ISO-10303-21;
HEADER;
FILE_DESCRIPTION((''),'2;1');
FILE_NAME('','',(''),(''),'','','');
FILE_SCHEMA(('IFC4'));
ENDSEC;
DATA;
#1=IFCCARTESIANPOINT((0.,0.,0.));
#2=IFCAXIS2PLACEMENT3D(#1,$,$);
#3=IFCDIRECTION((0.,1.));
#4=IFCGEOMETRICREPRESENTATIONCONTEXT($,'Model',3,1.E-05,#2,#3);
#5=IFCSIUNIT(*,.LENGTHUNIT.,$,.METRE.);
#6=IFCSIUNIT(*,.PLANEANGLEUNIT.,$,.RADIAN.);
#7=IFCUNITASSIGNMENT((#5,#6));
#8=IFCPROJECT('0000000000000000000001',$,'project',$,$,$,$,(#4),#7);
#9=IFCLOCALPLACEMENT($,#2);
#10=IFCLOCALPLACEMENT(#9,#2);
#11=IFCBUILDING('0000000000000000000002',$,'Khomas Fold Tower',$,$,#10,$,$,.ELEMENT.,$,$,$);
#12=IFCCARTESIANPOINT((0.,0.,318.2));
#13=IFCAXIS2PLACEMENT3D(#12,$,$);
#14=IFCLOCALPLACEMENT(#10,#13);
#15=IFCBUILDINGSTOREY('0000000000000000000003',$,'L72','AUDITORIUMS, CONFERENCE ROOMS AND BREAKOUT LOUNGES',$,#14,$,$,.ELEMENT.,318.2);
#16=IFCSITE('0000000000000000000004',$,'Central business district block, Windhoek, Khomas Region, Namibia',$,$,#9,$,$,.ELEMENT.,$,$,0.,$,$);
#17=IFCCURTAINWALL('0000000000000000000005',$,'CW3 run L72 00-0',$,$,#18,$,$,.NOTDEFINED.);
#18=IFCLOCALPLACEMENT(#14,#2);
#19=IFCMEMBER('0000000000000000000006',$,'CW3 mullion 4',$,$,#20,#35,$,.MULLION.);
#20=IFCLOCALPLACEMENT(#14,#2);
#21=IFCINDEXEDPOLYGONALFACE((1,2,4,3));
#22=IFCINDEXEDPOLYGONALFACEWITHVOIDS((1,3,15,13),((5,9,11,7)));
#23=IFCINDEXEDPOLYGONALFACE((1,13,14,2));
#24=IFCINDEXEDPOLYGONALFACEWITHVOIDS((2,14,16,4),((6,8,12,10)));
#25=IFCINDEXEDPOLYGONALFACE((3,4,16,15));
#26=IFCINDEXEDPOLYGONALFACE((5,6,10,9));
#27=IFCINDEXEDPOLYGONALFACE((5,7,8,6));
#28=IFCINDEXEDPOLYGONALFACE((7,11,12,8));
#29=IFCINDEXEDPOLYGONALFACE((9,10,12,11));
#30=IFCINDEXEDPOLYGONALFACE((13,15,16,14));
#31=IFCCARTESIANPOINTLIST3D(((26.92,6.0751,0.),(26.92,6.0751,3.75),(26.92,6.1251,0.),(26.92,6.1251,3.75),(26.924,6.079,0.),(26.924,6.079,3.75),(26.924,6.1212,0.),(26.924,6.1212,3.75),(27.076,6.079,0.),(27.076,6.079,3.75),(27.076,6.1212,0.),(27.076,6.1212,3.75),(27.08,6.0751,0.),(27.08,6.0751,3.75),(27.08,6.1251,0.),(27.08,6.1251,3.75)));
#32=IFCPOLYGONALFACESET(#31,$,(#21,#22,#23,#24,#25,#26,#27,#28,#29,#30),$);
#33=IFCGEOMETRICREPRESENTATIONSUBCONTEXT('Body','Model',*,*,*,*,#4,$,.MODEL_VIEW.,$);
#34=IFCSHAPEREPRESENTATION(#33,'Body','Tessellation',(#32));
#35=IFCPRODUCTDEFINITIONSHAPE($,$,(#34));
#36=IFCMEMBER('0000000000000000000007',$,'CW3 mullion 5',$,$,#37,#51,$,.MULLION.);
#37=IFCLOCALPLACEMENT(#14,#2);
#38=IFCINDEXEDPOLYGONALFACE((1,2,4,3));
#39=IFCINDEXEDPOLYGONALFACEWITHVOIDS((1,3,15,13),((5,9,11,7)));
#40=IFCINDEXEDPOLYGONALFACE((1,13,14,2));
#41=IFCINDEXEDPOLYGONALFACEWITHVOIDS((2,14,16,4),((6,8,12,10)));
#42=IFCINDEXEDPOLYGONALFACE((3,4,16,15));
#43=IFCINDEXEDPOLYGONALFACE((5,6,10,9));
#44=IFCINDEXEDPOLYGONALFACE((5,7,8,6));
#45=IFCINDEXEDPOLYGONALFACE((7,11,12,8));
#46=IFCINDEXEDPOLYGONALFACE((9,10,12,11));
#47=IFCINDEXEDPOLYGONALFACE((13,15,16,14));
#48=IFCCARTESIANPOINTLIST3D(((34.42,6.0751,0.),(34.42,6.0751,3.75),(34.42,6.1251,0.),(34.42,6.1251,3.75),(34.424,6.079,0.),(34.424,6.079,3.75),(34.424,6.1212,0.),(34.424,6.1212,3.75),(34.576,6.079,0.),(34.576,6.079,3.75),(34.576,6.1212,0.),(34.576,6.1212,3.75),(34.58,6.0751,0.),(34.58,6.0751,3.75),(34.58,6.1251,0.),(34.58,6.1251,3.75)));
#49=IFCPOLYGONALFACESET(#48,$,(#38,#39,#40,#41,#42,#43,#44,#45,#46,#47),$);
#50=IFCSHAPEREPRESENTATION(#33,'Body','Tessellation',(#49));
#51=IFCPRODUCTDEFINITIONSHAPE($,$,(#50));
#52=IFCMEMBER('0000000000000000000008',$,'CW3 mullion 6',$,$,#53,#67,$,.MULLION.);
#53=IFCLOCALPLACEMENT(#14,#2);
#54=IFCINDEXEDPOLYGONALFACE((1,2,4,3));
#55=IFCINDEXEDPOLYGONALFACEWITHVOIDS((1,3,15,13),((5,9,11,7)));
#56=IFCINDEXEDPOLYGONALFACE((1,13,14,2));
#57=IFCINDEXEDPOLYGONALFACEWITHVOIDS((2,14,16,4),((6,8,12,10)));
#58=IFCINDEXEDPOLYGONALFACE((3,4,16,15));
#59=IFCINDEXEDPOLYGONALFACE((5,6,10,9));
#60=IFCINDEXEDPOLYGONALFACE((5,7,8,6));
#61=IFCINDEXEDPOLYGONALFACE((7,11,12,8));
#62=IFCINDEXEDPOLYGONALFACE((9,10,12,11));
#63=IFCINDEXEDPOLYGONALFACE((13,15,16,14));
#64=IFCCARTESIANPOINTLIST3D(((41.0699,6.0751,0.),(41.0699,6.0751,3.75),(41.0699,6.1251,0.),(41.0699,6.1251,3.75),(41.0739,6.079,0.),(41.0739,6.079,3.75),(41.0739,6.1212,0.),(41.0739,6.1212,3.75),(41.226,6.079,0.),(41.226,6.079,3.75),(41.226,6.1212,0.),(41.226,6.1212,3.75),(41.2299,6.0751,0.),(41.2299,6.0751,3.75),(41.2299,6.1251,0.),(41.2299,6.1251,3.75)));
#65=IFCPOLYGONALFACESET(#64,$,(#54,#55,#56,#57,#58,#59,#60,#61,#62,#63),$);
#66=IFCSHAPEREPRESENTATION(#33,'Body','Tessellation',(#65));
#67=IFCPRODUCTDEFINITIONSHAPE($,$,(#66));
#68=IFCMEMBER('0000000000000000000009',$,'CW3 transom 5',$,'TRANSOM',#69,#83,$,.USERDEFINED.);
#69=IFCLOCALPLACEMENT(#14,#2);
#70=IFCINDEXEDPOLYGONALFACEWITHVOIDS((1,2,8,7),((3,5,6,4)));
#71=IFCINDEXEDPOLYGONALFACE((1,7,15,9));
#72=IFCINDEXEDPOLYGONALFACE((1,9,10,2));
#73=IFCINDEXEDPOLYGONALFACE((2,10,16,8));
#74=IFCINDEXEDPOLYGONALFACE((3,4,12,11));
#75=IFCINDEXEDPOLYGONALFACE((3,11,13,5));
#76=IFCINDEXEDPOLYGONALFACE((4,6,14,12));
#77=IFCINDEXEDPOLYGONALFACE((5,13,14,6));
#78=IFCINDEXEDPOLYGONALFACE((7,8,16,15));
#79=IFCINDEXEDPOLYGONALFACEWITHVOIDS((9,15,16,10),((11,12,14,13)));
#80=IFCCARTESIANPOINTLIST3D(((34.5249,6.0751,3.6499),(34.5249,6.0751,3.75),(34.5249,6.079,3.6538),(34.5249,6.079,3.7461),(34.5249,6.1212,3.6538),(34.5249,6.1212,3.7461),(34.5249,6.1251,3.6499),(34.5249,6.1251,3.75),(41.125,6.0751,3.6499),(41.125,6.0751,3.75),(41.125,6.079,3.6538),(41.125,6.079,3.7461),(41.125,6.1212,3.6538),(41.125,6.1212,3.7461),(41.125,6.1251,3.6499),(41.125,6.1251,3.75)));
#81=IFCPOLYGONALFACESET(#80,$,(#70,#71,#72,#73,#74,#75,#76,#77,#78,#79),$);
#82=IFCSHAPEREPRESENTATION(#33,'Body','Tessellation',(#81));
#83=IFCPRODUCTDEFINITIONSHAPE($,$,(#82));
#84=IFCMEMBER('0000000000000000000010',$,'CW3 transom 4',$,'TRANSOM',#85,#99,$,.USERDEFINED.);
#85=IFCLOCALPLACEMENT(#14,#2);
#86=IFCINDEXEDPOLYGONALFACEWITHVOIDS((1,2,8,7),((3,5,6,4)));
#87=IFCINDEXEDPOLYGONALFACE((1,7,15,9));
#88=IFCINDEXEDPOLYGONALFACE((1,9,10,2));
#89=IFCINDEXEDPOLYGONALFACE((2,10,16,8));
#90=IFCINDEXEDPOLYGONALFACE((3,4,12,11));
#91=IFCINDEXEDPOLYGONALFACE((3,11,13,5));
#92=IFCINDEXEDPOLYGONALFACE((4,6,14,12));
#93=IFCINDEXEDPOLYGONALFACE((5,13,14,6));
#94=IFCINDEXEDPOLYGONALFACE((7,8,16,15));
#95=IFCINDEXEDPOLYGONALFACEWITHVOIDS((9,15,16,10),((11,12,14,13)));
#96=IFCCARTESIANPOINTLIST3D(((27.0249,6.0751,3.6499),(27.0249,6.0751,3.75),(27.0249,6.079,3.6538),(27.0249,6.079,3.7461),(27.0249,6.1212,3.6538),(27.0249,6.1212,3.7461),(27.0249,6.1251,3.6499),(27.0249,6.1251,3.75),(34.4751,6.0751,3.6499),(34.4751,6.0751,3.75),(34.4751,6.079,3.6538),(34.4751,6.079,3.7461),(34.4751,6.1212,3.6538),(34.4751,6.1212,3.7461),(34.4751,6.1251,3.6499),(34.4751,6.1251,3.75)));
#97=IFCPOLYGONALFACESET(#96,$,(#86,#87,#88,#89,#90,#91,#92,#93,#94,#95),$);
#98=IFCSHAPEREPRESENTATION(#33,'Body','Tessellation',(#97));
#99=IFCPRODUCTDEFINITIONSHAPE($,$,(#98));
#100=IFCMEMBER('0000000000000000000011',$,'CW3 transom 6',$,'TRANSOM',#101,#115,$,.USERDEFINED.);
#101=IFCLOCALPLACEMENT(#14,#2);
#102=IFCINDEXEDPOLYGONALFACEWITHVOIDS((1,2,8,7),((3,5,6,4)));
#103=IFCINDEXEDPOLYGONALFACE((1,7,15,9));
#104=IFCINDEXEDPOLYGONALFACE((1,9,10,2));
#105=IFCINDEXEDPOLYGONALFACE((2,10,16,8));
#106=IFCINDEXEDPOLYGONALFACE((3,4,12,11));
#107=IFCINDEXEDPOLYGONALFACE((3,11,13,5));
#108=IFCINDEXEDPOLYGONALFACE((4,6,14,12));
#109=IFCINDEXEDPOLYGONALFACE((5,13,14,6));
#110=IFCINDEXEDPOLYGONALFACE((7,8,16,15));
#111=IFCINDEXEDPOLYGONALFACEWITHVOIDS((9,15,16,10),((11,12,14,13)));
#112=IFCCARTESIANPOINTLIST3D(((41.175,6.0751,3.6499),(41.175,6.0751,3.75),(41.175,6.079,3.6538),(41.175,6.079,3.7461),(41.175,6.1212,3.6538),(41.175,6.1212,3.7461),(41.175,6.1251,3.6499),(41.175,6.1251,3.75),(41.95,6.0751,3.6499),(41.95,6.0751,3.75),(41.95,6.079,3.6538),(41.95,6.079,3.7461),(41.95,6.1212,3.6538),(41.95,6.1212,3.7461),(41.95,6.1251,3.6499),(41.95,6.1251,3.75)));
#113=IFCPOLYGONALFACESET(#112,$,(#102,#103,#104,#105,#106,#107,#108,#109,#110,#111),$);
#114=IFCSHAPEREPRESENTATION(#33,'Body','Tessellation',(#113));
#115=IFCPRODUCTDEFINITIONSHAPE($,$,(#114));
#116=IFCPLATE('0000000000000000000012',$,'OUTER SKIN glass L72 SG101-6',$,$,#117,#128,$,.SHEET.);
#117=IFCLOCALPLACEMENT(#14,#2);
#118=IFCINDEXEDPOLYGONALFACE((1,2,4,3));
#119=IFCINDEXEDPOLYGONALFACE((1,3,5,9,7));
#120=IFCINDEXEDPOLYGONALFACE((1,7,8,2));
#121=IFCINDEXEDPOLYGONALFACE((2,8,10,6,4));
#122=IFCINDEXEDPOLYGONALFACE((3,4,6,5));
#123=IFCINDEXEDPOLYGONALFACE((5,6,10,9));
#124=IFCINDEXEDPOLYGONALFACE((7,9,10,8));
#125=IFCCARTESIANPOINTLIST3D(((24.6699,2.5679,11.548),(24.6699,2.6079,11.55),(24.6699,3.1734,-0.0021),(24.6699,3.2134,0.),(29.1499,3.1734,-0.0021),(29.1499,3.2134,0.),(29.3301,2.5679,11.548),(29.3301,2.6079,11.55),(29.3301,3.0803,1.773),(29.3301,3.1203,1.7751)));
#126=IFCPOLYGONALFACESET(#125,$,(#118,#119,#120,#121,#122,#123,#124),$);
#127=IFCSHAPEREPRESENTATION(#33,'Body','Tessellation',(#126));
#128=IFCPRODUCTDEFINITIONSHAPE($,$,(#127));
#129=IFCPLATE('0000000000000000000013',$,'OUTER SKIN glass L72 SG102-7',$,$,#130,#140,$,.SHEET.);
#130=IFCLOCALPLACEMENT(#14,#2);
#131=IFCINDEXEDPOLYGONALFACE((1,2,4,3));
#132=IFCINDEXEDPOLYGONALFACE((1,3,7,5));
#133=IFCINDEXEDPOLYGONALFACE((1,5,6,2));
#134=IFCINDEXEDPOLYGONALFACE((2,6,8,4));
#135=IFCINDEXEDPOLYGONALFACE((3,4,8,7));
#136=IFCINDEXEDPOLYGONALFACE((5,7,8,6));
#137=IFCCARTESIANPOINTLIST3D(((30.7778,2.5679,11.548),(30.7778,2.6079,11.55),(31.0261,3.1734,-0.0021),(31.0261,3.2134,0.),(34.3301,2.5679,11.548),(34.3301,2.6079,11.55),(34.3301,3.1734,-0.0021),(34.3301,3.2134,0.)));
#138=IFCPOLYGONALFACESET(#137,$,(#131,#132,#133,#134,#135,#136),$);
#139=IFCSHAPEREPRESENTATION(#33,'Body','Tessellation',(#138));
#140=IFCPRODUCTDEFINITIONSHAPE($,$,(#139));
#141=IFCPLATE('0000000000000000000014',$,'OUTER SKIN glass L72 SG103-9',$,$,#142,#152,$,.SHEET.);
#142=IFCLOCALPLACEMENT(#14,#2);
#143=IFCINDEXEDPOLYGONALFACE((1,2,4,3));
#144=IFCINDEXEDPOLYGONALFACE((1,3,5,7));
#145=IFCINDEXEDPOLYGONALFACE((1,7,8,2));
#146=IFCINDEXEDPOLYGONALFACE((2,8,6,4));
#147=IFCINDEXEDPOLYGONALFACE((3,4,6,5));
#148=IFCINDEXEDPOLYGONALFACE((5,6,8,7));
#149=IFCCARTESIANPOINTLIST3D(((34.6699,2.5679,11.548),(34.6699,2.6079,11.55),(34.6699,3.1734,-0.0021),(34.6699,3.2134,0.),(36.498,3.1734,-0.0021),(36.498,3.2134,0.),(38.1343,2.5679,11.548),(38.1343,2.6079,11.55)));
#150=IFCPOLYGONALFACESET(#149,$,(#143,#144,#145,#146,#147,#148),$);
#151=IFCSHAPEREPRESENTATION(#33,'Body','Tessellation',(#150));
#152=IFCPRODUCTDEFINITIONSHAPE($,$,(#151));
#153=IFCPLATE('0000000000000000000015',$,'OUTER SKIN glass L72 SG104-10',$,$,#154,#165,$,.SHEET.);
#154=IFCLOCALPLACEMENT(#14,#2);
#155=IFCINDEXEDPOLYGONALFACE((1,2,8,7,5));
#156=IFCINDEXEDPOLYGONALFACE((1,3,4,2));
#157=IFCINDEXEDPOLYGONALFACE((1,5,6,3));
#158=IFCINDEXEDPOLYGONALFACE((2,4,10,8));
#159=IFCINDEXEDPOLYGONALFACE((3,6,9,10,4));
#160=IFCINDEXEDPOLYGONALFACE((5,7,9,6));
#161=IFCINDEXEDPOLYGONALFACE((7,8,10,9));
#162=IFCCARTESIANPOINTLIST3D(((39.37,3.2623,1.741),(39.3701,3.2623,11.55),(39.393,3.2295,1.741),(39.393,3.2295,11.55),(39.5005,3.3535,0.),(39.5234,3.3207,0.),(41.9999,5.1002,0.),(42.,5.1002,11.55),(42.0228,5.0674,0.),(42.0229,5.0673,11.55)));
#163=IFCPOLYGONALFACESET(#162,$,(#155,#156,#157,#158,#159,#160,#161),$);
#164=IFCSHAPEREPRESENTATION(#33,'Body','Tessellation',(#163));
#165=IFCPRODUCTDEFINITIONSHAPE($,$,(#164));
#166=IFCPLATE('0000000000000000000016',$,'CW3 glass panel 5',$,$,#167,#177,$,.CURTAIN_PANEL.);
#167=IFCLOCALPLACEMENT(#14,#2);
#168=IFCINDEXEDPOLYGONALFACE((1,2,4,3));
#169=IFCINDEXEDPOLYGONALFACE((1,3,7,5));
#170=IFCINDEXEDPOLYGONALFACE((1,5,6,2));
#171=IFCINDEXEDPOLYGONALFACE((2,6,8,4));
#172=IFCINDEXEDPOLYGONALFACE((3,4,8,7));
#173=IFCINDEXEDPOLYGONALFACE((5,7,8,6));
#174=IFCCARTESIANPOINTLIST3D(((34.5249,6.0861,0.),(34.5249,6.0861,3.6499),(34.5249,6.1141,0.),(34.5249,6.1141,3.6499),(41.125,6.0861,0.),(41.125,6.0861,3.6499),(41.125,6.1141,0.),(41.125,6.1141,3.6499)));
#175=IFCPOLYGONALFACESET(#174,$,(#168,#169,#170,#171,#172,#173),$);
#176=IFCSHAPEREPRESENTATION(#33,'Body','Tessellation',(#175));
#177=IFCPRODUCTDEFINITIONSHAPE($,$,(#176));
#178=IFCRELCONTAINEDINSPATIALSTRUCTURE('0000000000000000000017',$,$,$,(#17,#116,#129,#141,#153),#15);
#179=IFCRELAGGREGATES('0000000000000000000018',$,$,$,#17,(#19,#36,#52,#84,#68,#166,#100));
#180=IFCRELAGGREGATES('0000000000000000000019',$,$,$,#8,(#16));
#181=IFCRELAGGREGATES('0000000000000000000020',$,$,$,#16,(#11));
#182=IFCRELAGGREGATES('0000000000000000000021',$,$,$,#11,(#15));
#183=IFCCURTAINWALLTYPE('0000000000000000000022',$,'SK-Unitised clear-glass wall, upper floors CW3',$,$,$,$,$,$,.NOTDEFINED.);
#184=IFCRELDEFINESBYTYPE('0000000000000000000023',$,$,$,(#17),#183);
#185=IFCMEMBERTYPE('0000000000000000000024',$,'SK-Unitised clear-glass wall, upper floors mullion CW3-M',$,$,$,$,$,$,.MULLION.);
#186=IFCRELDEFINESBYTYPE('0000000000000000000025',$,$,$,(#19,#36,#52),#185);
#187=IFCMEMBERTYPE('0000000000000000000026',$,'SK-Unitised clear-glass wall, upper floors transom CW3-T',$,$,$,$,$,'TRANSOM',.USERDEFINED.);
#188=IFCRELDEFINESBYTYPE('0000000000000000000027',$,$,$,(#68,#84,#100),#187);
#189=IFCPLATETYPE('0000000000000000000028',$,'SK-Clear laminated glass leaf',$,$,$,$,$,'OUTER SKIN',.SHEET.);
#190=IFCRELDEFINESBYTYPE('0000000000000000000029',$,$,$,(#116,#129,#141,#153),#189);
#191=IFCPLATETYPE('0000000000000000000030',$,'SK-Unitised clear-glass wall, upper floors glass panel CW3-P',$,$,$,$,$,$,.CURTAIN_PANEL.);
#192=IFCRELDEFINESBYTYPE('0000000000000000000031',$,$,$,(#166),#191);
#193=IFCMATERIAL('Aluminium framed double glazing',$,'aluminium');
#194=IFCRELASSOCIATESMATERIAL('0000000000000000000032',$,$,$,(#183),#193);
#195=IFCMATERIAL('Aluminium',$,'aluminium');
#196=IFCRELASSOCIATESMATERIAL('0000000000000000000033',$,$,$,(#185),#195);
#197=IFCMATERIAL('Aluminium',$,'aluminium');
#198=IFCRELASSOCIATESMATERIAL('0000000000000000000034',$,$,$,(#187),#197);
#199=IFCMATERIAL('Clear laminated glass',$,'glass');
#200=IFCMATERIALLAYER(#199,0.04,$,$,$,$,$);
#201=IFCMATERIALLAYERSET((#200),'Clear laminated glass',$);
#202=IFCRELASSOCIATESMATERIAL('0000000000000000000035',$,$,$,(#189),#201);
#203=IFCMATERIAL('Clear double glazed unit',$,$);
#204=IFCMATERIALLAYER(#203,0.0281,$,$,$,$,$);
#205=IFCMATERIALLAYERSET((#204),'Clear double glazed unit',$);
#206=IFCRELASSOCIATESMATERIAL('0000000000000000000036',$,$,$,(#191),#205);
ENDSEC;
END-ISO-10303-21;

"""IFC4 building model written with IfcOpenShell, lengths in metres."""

from ifc_helpers import new_model, si_unit, direction, frame, origin, origin_2d, place, context, subcontext, project, spatial, polyline, rectangle, hollow_rectangle, outline, extrude, source, transform, mapped, material, layer, layer_set, material_profile, profile_set, type_object, element, aggregate, save


model = new_model("IFC4")

# Units and contexts
model_context = context("Model", 3, precision=1e-05, world=origin(), true_north=direction((0.0, 1.0)))
body_context = subcontext(model_context, "Body", "Model", "MODEL_VIEW")
ifc_project = project(units=[si_unit("LENGTHUNIT", "METRE"), si_unit("PLANEANGLEUNIT", "RADIAN")], contexts=[model_context])

# Site, building, storey
site_placement = place(None, origin())
site = spatial("IfcSite", under=ifc_project, at=site_placement, Name="Central business district block, Windhoek, Khomas Region, Namibia", CompositionType="ELEMENT", RefElevation=0.0)
building_placement = place(site_placement, origin())
building = spatial("IfcBuilding", under=site, at=building_placement, Name="Khomas Fold Tower", CompositionType="ELEMENT")
storey_placement = place(building_placement, frame((0.0, 0.0, 318.2)))
storey = spatial("IfcBuildingStorey", under=building, at=storey_placement, Name="L72", Description="AUDITORIUMS, CONFERENCE ROOMS AND BREAKOUT LOUNGES", CompositionType="ELEMENT", Elevation=318.2)

# Curtain wall, members
ifc_material_1 = material(Name="Aluminium framed double glazing", Category="aluminium")
curtain_wall_type = type_object("IfcCurtainWallType", Name="SK-Unitised clear-glass wall, upper floors CW3", PredefinedType="NOTDEFINED", material=ifc_material_1)
curtain_wall_placement = place(storey_placement, origin())
curtain_wall = element("IfcCurtainWall", 1, at=curtain_wall_placement, inside=storey, type_object=curtain_wall_type, Name="CW3 run L72 00-0", PredefinedType="NOTDEFINED")
ifc_material_2 = material(Name="Aluminium", Category="aluminium")
ifc_material_profile_1 = material_profile(ifc_material_2, hollow_rectangle(XDim=0.05, YDim=0.1599, WallThickness=0.0039, at=origin_2d()), Name="SK-Unitised clear-glass wall, upper floors mullion CW3-M")
ifc_profile_set_1 = profile_set([ifc_material_profile_1], Name="Aluminium")
member_type_1 = type_object("IfcMemberType", Name="SK-Unitised clear-glass wall, upper floors mullion CW3-M", PredefinedType="MULLION", material=ifc_profile_set_1)
shared_shape_1 = source(origin(), body_context, "Body", "SweptSolid", [
    extrude(hollow_rectangle(XDim=0.05, YDim=0.1599, WallThickness=0.0039, at=origin_2d()), origin(), (0.0, 0.0, 1.0), 3.75),
])
member_1_placement = place(storey_placement, frame((27.0, 6.1001, 0.0), z_axis=(0.0, 0.0, 1.0), x_axis=(0.0, 1.0, 0.0)))
member_1 = element("IfcMember", 2, at=member_1_placement, type_object=member_type_1, Name="CW3 mullion 4", PredefinedType="MULLION", context=body_context, shape_type="MappedRepresentation", body=[
    mapped(shared_shape_1, transform((0.0, 0.0, 0.0))),
])
member_2_placement = place(storey_placement, frame((34.5, 6.1001, 0.0), z_axis=(0.0, 0.0, 1.0), x_axis=(0.0, 1.0, 0.0)))
member_2 = element("IfcMember", 3, at=member_2_placement, type_object=member_type_1, Name="CW3 mullion 5", PredefinedType="MULLION", context=body_context, shape_type="MappedRepresentation", body=[
    mapped(shared_shape_1, transform((0.0, 0.0, 0.0))),
])
member_3_placement = place(storey_placement, frame((41.1499, 6.1001, 0.0), z_axis=(0.0, 0.0, 1.0), x_axis=(0.0, 1.0, 0.0)))
member_3 = element("IfcMember", 4, at=member_3_placement, type_object=member_type_1, Name="CW3 mullion 6", PredefinedType="MULLION", context=body_context, shape_type="MappedRepresentation", body=[
    mapped(shared_shape_1, transform((0.0, 0.0, 0.0))),
])
ifc_material_3 = material(Name="Aluminium", Category="aluminium")
ifc_material_profile_2 = material_profile(ifc_material_3, hollow_rectangle(XDim=0.05, YDim=0.1001, WallThickness=0.0039, at=origin_2d()), Name="SK-Unitised clear-glass wall, upper floors transom CW3-T")
ifc_profile_set_2 = profile_set([ifc_material_profile_2], Name="Aluminium")
member_type_2 = type_object("IfcMemberType", Name="SK-Unitised clear-glass wall, upper floors transom CW3-T", ElementType="TRANSOM", PredefinedType="USERDEFINED", material=ifc_profile_set_2)
shared_shape_2 = source(origin(), body_context, "Body", "SweptSolid", [
    extrude(hollow_rectangle(XDim=0.05, YDim=0.1001, WallThickness=0.0039, at=origin_2d()), origin(), (0.0, 0.0, 1.0), 6.6001),
])
member_4_placement = place(storey_placement, frame((34.5249, 6.1001, 3.7), z_axis=(1.0, 0.0, 0.0), x_axis=(0.0, 1.0, 0.0)))
member_4 = element("IfcMember", 5, at=member_4_placement, type_object=member_type_2, Name="CW3 transom 5", ObjectType="TRANSOM", PredefinedType="USERDEFINED", context=body_context, shape_type="MappedRepresentation", body=[
    mapped(shared_shape_2, transform((0.0, 0.0, 0.0))),
])
shared_shape_3 = source(origin(), body_context, "Body", "SweptSolid", [
    extrude(hollow_rectangle(XDim=0.05, YDim=0.1001, WallThickness=0.0039, at=origin_2d()), origin(), (0.0, 0.0, 1.0), 7.4502),
])
member_5_placement = place(storey_placement, frame((27.0249, 6.1001, 3.7), z_axis=(1.0, 0.0, 0.0), x_axis=(0.0, 1.0, 0.0)))
member_5 = element("IfcMember", 6, at=member_5_placement, type_object=member_type_2, Name="CW3 transom 4", ObjectType="TRANSOM", PredefinedType="USERDEFINED", context=body_context, shape_type="MappedRepresentation", body=[
    mapped(shared_shape_3, transform((0.0, 0.0, 0.0))),
])
shared_shape_4 = source(origin(), body_context, "Body", "SweptSolid", [
    extrude(hollow_rectangle(XDim=0.05, YDim=0.1001, WallThickness=0.0039, at=origin_2d()), origin(), (0.0, 0.0, 1.0), 0.7749),
])
member_6_placement = place(storey_placement, frame((41.175, 6.1001, 3.7), z_axis=(1.0, 0.0, 0.0), x_axis=(0.0, 1.0, 0.0)))
member_6 = element("IfcMember", 7, at=member_6_placement, type_object=member_type_2, Name="CW3 transom 6", ObjectType="TRANSOM", PredefinedType="USERDEFINED", context=body_context, shape_type="MappedRepresentation", body=[
    mapped(shared_shape_4, transform((0.0, 0.0, 0.0))),
])

# Plates
ifc_material_4 = material(Name="Clear laminated glass", Category="glass")
ifc_layer_1 = layer(ifc_material_4, 0.04)
ifc_layer_set_1 = layer_set([ifc_layer_1], Name="Clear laminated glass")
plate_type_1 = type_object("IfcPlateType", Name="SK-Clear laminated glass leaf", ElementType="OUTER SKIN", PredefinedType="SHEET", material=ifc_layer_set_1)
plate_1_placement = place(storey_placement, frame((29.1499, 3.2134, 0.0), z_axis=(-0.000004, 0.998629, 0.052349), x_axis=(-1.0, -0.000004, 0.0)))
element("IfcPlate", 8, at=plate_1_placement, inside=storey, type_object=plate_type_1, Name="OUTER SKIN glass L72 SG101-6", PredefinedType="SHEET", context=body_context, shape_type="SweptSolid", body=[
    extrude(outline(polyline([(0.0, 0.0), (4.48, 0.0), (4.48, 11.5659), (-0.1802, 11.5659), (-0.1802, 1.7776), (0.0, 0.0)])), origin(), (0.0, 0.0, -1.0), 0.04),
])
plate_2_placement = place(storey_placement, frame((31.0261, 3.2134, 0.0), z_axis=(0.0, 0.998629, 0.052349), x_axis=(-0.021463, -0.052337, 0.998399)))
element("IfcPlate", 9, at=plate_2_placement, inside=storey, type_object=plate_type_1, Name="OUTER SKIN glass L72 SG102-7", PredefinedType="SHEET", context=body_context, shape_type="SweptSolid", body=[
    extrude(outline(polyline([(0.0, 0.0), (11.5686, 0.0), (11.4923, 3.5514), (-0.0709, 3.3032), (0.0, 0.0)])), origin(), (0.0, 0.0, -1.0), 0.04),
])
plate_3_placement = place(storey_placement, frame((36.498, 3.2134, 0.0), z_axis=(0.0, 0.998629, 0.052349), x_axis=(-1.0, 0.0, 0.0)))
element("IfcPlate", 10, at=plate_3_placement, inside=storey, type_object=plate_type_1, Name="OUTER SKIN glass L72 SG103-9", PredefinedType="SHEET", context=body_context, shape_type="SweptSolid", body=[
    extrude(outline(polyline([(0.0, 0.0), (1.8281, 0.0), (1.8281, 11.5659), (-1.6362, 11.5659), (0.0, 0.0)])), origin(), (0.0, 0.0, -1.0), 0.04),
])
plate_4_placement = place(storey_placement, frame((39.5005, 3.3535, 0.0), z_axis=(-0.572826, 0.819677, 0.000007), x_axis=(-0.074623, -0.052158, 0.995847)))
element("IfcPlate", 11, at=plate_4_placement, inside=storey, type_object=plate_type_1, Name="OUTER SKIN glass L72 SG104-10", PredefinedType="SHEET", context=body_context, shape_type="SweptSolid", body=[
    extrude(outline(polyline([(0.0, 0.0), (1.7482, 0.0), (11.5166, 0.8931), (11.2245, 4.0882), (-0.2776, 3.0366), (0.0, 0.0)])), origin(), (0.0, 0.0, -1.0), 0.04),
])

# Plate
ifc_material_5 = material(Name="Clear double glazed unit")
ifc_layer_2 = layer(ifc_material_5, 0.0281)
ifc_layer_set_2 = layer_set([ifc_layer_2], Name="Clear double glazed unit")
plate_type_2 = type_object("IfcPlateType", Name="SK-Unitised clear-glass wall, upper floors glass panel CW3-P", PredefinedType="CURTAIN_PANEL", material=ifc_layer_set_2)
shared_shape_5 = source(origin(), body_context, "Body", "SweptSolid", [
    extrude(rectangle(XDim=6.6001, YDim=0.0281, at=origin_2d()), origin(), (0.0, 0.0, 1.0), 3.6499),
])
plate_5_placement = place(storey_placement, frame((37.825, 6.1001, 0.0), z_axis=(0.0, 0.0, 1.0), x_axis=(1.0, 0.0, 0.0)))
plate_5 = element("IfcPlate", 12, at=plate_5_placement, type_object=plate_type_2, Name="CW3 glass panel 5", PredefinedType="CURTAIN_PANEL", context=body_context, shape_type="MappedRepresentation", body=[
    mapped(shared_shape_5, transform((0.0, 0.0, 0.0))),
])
aggregate(curtain_wall, [member_1, member_2, member_3, member_5, member_4, plate_5, member_6])

save(model, "model.ifc")
